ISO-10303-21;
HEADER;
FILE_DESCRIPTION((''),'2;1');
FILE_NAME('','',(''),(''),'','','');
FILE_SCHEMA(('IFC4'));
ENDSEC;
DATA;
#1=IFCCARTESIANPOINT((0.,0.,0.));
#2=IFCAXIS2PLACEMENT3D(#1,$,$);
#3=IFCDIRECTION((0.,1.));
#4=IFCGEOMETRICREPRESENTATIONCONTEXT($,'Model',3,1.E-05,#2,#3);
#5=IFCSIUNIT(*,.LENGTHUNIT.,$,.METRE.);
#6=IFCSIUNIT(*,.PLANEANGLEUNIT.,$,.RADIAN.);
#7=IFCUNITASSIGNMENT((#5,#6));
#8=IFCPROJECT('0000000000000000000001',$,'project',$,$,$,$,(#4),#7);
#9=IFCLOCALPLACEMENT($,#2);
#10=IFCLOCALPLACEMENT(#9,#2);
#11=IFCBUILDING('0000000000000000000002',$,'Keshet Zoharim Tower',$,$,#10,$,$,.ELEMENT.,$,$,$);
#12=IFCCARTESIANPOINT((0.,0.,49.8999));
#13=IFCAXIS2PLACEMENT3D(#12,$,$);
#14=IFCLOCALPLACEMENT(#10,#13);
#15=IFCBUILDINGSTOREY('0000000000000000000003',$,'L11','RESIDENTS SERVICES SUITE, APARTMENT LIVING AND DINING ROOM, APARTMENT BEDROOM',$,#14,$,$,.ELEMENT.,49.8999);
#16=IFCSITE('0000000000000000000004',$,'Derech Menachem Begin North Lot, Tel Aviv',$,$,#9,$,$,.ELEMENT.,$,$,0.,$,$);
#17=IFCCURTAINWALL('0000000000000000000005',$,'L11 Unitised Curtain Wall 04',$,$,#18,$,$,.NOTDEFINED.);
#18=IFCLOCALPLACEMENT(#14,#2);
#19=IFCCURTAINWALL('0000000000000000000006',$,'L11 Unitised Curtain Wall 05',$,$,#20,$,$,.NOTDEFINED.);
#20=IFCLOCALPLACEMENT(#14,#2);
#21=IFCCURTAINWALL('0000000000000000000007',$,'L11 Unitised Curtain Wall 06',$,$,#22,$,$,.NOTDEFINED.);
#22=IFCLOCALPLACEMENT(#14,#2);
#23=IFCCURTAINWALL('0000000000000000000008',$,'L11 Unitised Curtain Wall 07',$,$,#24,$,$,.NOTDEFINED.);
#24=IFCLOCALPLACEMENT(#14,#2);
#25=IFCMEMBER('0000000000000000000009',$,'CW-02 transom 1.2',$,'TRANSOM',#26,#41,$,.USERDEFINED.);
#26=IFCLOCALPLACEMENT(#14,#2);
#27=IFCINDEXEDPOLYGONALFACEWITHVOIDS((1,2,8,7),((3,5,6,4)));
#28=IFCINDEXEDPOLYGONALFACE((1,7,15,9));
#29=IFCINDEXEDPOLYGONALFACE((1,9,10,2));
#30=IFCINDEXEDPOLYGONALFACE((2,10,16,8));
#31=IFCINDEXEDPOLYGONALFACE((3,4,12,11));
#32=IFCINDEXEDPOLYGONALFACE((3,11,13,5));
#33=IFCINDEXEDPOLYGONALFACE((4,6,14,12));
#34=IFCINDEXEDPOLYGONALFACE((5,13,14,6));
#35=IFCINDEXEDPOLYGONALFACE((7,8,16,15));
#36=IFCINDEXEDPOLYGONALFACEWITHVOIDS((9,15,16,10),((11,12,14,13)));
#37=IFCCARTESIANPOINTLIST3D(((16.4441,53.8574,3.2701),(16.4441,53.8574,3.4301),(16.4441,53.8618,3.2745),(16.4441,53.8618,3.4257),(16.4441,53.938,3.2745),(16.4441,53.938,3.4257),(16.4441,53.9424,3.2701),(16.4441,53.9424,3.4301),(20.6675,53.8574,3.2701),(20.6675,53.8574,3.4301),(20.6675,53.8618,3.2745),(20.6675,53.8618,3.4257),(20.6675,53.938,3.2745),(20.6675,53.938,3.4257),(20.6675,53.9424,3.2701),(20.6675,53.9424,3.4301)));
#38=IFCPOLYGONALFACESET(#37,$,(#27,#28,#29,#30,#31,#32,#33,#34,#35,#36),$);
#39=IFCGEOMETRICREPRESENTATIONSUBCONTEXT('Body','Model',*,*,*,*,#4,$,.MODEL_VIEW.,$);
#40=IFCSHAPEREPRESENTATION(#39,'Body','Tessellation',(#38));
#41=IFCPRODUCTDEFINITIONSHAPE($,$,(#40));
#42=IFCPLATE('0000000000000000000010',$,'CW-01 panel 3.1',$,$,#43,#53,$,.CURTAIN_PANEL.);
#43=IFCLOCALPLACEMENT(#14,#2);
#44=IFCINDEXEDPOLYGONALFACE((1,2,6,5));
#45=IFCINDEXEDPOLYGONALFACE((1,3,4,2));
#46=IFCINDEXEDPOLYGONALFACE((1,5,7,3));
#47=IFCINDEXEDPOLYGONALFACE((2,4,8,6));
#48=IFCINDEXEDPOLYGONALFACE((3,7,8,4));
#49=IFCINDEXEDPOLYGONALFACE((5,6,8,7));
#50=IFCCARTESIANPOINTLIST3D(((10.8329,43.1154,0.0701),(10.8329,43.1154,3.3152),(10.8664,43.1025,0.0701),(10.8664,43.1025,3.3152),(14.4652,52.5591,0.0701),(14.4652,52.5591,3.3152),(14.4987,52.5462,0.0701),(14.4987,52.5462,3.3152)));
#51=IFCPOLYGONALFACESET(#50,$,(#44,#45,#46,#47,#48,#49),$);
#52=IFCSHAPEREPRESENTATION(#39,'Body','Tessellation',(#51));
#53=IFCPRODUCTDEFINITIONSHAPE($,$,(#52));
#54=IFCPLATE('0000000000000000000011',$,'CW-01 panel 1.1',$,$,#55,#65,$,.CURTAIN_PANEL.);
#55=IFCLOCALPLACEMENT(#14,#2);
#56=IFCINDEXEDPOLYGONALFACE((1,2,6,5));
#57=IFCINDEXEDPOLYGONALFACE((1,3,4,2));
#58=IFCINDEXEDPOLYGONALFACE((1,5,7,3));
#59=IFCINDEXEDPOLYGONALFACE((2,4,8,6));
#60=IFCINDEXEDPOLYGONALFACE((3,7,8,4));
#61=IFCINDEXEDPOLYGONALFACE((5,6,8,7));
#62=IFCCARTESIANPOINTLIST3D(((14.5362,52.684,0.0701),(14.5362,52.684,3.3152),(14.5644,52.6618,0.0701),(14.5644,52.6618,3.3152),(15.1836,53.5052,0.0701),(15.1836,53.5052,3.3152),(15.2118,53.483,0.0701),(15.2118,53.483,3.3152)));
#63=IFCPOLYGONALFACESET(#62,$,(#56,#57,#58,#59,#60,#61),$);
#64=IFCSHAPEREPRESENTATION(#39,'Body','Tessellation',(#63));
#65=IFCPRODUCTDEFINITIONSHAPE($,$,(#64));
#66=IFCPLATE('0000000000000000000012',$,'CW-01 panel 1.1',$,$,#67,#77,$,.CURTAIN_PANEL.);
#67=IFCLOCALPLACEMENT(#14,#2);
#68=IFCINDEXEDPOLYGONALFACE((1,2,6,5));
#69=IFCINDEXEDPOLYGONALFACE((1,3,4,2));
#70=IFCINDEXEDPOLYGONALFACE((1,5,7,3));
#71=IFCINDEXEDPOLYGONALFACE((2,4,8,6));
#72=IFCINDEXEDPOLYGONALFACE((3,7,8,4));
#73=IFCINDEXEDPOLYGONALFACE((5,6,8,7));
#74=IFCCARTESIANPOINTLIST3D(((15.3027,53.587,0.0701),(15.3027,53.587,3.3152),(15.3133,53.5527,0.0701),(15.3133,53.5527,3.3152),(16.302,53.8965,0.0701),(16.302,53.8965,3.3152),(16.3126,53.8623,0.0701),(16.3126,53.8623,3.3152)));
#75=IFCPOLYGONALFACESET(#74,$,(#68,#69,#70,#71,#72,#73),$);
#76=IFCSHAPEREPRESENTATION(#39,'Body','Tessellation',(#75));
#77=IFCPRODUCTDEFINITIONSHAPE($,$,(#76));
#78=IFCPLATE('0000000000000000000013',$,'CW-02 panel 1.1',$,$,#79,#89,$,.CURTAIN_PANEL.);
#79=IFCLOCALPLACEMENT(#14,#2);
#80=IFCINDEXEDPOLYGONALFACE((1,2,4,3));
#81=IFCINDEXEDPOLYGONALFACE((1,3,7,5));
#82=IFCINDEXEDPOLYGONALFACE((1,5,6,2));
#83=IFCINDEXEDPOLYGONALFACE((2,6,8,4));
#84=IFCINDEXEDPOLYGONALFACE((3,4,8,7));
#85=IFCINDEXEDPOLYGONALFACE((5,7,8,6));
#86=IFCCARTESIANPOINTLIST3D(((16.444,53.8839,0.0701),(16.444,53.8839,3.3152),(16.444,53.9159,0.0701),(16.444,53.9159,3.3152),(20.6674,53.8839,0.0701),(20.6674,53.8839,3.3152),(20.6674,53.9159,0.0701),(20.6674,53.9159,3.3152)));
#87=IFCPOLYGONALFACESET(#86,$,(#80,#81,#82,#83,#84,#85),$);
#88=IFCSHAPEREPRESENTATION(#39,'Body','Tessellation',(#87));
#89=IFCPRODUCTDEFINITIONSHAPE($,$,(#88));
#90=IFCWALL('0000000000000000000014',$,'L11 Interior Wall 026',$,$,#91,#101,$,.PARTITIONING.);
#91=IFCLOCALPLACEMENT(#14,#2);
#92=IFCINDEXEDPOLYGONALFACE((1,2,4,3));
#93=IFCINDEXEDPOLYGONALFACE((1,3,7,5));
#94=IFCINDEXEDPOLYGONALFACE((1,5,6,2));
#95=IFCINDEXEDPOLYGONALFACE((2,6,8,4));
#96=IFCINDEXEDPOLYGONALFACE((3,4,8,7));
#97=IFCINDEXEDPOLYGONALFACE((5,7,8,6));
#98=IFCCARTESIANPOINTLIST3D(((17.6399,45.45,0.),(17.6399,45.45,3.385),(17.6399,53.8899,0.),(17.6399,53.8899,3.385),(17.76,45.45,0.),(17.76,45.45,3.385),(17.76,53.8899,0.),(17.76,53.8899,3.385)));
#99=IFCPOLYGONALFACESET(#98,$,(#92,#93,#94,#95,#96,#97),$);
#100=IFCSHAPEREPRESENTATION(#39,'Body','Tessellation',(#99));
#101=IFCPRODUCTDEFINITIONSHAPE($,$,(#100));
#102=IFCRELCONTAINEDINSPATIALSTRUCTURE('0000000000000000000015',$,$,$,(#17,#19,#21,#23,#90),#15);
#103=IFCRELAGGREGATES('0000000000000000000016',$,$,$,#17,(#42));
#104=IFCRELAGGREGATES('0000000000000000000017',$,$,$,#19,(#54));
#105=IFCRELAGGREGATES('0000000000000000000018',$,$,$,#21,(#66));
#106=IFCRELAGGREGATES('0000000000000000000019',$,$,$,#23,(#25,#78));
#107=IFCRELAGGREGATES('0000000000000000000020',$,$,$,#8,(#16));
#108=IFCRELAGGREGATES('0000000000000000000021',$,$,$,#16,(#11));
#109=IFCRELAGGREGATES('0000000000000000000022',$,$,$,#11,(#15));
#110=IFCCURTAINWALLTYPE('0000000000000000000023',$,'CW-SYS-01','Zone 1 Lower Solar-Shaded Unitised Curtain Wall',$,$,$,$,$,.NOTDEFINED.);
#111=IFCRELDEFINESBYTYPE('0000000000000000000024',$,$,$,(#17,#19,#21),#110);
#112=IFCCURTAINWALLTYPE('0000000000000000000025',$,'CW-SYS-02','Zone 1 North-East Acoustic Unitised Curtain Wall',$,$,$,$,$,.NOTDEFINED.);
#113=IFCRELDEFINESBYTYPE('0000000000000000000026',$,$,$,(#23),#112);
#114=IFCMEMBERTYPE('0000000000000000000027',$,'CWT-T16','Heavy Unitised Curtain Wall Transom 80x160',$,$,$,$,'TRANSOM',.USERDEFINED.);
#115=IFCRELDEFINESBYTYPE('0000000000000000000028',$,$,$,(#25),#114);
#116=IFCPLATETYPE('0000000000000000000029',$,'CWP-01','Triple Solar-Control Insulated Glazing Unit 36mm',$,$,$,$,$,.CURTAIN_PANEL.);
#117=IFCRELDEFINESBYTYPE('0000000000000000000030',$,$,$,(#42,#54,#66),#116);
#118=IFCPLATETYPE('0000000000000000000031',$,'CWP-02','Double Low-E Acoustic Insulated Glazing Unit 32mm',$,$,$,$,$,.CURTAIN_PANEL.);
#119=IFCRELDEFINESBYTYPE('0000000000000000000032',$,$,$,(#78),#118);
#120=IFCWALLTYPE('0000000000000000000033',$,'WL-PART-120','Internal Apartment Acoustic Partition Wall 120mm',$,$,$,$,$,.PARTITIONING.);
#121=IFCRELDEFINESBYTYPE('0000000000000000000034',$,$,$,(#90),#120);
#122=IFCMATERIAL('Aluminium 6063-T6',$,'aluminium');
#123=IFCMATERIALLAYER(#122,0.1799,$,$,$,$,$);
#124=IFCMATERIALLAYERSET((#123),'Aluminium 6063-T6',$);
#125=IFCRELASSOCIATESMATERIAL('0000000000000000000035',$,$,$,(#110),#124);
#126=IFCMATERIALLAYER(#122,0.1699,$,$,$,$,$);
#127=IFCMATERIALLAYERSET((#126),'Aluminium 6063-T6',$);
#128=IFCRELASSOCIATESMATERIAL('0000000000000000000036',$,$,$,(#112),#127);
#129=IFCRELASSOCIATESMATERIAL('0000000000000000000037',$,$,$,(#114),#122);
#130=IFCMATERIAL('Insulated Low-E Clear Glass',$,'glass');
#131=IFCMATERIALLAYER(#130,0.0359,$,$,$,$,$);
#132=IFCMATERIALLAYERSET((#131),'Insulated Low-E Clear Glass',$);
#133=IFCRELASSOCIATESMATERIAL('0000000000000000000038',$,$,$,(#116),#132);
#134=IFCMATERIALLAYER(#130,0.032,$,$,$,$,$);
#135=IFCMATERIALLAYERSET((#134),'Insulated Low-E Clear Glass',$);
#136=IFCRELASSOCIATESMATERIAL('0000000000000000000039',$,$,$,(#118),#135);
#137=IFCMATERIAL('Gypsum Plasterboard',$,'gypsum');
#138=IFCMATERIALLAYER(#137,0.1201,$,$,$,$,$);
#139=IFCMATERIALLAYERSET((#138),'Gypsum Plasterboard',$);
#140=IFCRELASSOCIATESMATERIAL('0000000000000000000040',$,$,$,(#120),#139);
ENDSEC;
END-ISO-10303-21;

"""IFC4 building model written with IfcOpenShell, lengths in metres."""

from ifc_helpers import new_model, si_unit, direction, frame, frame_2d, origin, origin_2d, place, context, subcontext, project, spatial, rectangle, hollow_rectangle, extrude, material, layer, layer_set, material_profile, profile_set, type_object, element, aggregate, save


model = new_model("IFC4")

# Units and contexts
model_context = context("Model", 3, precision=1e-05, world=origin(), true_north=direction((0.0, 1.0)))
body_context = subcontext(model_context, "Body", "Model", "MODEL_VIEW")
ifc_project = project(units=[si_unit("LENGTHUNIT", "METRE"), si_unit("PLANEANGLEUNIT", "RADIAN")], contexts=[model_context])

# Site, building, storey
site_placement = place(None, origin())
site = spatial("IfcSite", under=ifc_project, at=site_placement, Name="Derech Menachem Begin North Lot, Tel Aviv", CompositionType="ELEMENT", RefElevation=0.0)
building_placement = place(site_placement, origin())
building = spatial("IfcBuilding", under=site, at=building_placement, Name="Keshet Zoharim Tower", CompositionType="ELEMENT")
storey_placement = place(building_placement, frame((0.0, 0.0, 49.8999)))
storey = spatial("IfcBuildingStorey", under=building, at=storey_placement, Name="L11", Description="RESIDENTS SERVICES SUITE, APARTMENT LIVING AND DINING ROOM, APARTMENT BEDROOM", CompositionType="ELEMENT", Elevation=49.8999)

# Curtain wall
ifc_material_1 = material(Name="Aluminium 6063-T6", Category="aluminium")
ifc_layer_1 = layer(ifc_material_1, 0.1799)
ifc_layer_set_1 = layer_set([ifc_layer_1], Name="Aluminium 6063-T6")
curtain_wall_type_1 = type_object("IfcCurtainWallType", Name="CW-SYS-01", Description="Zone 1 Lower Solar-Shaded Unitised Curtain Wall", PredefinedType="NOTDEFINED", material=ifc_layer_set_1)
curtain_wall_1_placement = place(storey_placement, origin())
curtain_wall_1 = element("IfcCurtainWall", 1, at=curtain_wall_1_placement, inside=storey, type_object=curtain_wall_type_1, Name="L11 Unitised Curtain Wall 04", PredefinedType="NOTDEFINED")

# Curtain walls
curtain_wall_2_placement = place(storey_placement, origin())
curtain_wall_2 = element("IfcCurtainWall", 2, at=curtain_wall_2_placement, inside=storey, type_object=curtain_wall_type_1, Name="L11 Unitised Curtain Wall 05", PredefinedType="NOTDEFINED")
curtain_wall_3_placement = place(storey_placement, origin())
curtain_wall_3 = element("IfcCurtainWall", 3, at=curtain_wall_3_placement, inside=storey, type_object=curtain_wall_type_1, Name="L11 Unitised Curtain Wall 06", PredefinedType="NOTDEFINED")

# Curtain wall
ifc_layer_2 = layer(ifc_material_1, 0.1699)
ifc_layer_set_2 = layer_set([ifc_layer_2], Name="Aluminium 6063-T6")
curtain_wall_type_2 = type_object("IfcCurtainWallType", Name="CW-SYS-02", Description="Zone 1 North-East Acoustic Unitised Curtain Wall", PredefinedType="NOTDEFINED", material=ifc_layer_set_2)
curtain_wall_4_placement = place(storey_placement, origin())
curtain_wall_4 = element("IfcCurtainWall", 4, at=curtain_wall_4_placement, inside=storey, type_object=curtain_wall_type_2, Name="L11 Unitised Curtain Wall 07", PredefinedType="NOTDEFINED")

# Member
ifc_material_profile_1 = material_profile(ifc_material_1, hollow_rectangle(XDim=0.085, YDim=0.1599, WallThickness=0.0044, at=origin_2d()), Name="TRN-85x160")
ifc_profile_set_1 = profile_set([ifc_material_profile_1], Name="Aluminium 6063-T6")
member_type_1 = type_object("IfcMemberType", Name="CWT-T16", Description="Heavy Unitised Curtain Wall Transom 80x160", ElementType="TRANSOM", PredefinedType="USERDEFINED", material=ifc_profile_set_1)
member_1_placement = place(storey_placement, frame((16.4441, 53.8999, 3.3501), z_axis=(1.0, 0.0, 0.0), x_axis=(0.0, 1.0, 0.0)))
member_1 = element("IfcMember", 5, at=member_1_placement, type_object=member_type_1, Name="CW-02 transom 1.2", ObjectType="TRANSOM", PredefinedType="USERDEFINED", context=body_context, shape_type="SweptSolid", body=[
    extrude(hollow_rectangle(XDim=0.085, YDim=0.1599, WallThickness=0.0044, at=origin_2d()), origin(), (0.0, 0.0, 1.0), 4.2234),
])

# Plates
ifc_material_2 = material(Name="Insulated Low-E Clear Glass", Category="glass")
ifc_layer_3 = layer(ifc_material_2, 0.0359)
ifc_layer_set_3 = layer_set([ifc_layer_3], Name="Insulated Low-E Clear Glass")
plate_type_1 = type_object("IfcPlateType", Name="CWP-01", Description="Triple Solar-Control Insulated Glazing Unit 36mm", PredefinedType="CURTAIN_PANEL", material=ifc_layer_set_3)
plate_1_placement = place(storey_placement, frame((12.6658, 47.8308, 0.0701), z_axis=(0.0, 0.0, 1.0), x_axis=(0.35899, 0.933341, 0.0)))
plate_1 = element("IfcPlate", 6, at=plate_1_placement, type_object=plate_type_1, Name="CW-01 panel 3.1", PredefinedType="CURTAIN_PANEL", context=body_context, shape_type="SweptSolid", body=[
    extrude(rectangle(XDim=10.1182, YDim=0.0359, at=origin_2d()), origin(), (0.0, 0.0, 1.0), 3.2451),
])
aggregate(curtain_wall_1, [plate_1])
plate_2_placement = place(storey_placement, frame((14.874, 53.0835, 0.0701), z_axis=(0.0, 0.0, 1.0), x_axis=(0.619125, 0.785293, 0.0)))
plate_2 = element("IfcPlate", 7, at=plate_2_placement, type_object=plate_type_1, Name="CW-01 panel 1.1", PredefinedType="CURTAIN_PANEL", context=body_context, shape_type="SweptSolid", body=[
    extrude(rectangle(XDim=1.0457, YDim=0.0359, at=origin_2d()), origin(), (0.0, 0.0, 1.0), 3.2451),
])
aggregate(curtain_wall_2, [plate_2])
plate_3_placement = place(storey_placement, frame((15.8076, 53.7246, 0.0701), z_axis=(0.0, 0.0, 1.0), x_axis=(0.955212, 0.295922, 0.0)))
plate_3 = element("IfcPlate", 8, at=plate_3_placement, type_object=plate_type_1, Name="CW-01 panel 1.1", PredefinedType="CURTAIN_PANEL", context=body_context, shape_type="SweptSolid", body=[
    extrude(rectangle(XDim=1.0461, YDim=0.0359, at=origin_2d()), origin(), (0.0, 0.0, 1.0), 3.2451),
])
aggregate(curtain_wall_3, [plate_3])
ifc_layer_4 = layer(ifc_material_2, 0.032)
ifc_layer_set_4 = layer_set([ifc_layer_4], Name="Insulated Low-E Clear Glass")
plate_type_2 = type_object("IfcPlateType", Name="CWP-02", Description="Double Low-E Acoustic Insulated Glazing Unit 32mm", PredefinedType="CURTAIN_PANEL", material=ifc_layer_set_4)
plate_4_placement = place(storey_placement, frame((18.5557, 53.8999, 0.0701), z_axis=(0.0, 0.0, 1.0), x_axis=(1.0, 0.0, 0.0)))
plate_4 = element("IfcPlate", 9, at=plate_4_placement, type_object=plate_type_2, Name="CW-02 panel 1.1", PredefinedType="CURTAIN_PANEL", context=body_context, shape_type="SweptSolid", body=[
    extrude(rectangle(XDim=4.2234, YDim=0.032, at=origin_2d()), origin(), (0.0, 0.0, 1.0), 3.2451),
])
aggregate(curtain_wall_4, [member_1, plate_4])

# Wall
ifc_material_3 = material(Name="Gypsum Plasterboard", Category="gypsum")
ifc_layer_5 = layer(ifc_material_3, 0.1201)
ifc_layer_set_5 = layer_set([ifc_layer_5], Name="Gypsum Plasterboard")
wall_type = type_object("IfcWallType", Name="WL-PART-120", Description="Internal Apartment Acoustic Partition Wall 120mm", PredefinedType="PARTITIONING", material=ifc_layer_set_5)
wall_1_placement = place(storey_placement, frame((17.7, 45.45, 0.0), z_axis=(0.0, 0.0, 1.0), x_axis=(0.0, 1.0, 0.0)))
element("IfcWall", 10, at=wall_1_placement, inside=storey, type_object=wall_type, Name="L11 Interior Wall 026", PredefinedType="PARTITIONING", context=body_context, shape_type="SweptSolid", body=[
    extrude(rectangle(XDim=8.4399, YDim=0.1201, at=frame_2d((4.22, 0.0))), origin(), (0.0, 0.0, 1.0), 3.385),
])

save(model, "model.ifc")
